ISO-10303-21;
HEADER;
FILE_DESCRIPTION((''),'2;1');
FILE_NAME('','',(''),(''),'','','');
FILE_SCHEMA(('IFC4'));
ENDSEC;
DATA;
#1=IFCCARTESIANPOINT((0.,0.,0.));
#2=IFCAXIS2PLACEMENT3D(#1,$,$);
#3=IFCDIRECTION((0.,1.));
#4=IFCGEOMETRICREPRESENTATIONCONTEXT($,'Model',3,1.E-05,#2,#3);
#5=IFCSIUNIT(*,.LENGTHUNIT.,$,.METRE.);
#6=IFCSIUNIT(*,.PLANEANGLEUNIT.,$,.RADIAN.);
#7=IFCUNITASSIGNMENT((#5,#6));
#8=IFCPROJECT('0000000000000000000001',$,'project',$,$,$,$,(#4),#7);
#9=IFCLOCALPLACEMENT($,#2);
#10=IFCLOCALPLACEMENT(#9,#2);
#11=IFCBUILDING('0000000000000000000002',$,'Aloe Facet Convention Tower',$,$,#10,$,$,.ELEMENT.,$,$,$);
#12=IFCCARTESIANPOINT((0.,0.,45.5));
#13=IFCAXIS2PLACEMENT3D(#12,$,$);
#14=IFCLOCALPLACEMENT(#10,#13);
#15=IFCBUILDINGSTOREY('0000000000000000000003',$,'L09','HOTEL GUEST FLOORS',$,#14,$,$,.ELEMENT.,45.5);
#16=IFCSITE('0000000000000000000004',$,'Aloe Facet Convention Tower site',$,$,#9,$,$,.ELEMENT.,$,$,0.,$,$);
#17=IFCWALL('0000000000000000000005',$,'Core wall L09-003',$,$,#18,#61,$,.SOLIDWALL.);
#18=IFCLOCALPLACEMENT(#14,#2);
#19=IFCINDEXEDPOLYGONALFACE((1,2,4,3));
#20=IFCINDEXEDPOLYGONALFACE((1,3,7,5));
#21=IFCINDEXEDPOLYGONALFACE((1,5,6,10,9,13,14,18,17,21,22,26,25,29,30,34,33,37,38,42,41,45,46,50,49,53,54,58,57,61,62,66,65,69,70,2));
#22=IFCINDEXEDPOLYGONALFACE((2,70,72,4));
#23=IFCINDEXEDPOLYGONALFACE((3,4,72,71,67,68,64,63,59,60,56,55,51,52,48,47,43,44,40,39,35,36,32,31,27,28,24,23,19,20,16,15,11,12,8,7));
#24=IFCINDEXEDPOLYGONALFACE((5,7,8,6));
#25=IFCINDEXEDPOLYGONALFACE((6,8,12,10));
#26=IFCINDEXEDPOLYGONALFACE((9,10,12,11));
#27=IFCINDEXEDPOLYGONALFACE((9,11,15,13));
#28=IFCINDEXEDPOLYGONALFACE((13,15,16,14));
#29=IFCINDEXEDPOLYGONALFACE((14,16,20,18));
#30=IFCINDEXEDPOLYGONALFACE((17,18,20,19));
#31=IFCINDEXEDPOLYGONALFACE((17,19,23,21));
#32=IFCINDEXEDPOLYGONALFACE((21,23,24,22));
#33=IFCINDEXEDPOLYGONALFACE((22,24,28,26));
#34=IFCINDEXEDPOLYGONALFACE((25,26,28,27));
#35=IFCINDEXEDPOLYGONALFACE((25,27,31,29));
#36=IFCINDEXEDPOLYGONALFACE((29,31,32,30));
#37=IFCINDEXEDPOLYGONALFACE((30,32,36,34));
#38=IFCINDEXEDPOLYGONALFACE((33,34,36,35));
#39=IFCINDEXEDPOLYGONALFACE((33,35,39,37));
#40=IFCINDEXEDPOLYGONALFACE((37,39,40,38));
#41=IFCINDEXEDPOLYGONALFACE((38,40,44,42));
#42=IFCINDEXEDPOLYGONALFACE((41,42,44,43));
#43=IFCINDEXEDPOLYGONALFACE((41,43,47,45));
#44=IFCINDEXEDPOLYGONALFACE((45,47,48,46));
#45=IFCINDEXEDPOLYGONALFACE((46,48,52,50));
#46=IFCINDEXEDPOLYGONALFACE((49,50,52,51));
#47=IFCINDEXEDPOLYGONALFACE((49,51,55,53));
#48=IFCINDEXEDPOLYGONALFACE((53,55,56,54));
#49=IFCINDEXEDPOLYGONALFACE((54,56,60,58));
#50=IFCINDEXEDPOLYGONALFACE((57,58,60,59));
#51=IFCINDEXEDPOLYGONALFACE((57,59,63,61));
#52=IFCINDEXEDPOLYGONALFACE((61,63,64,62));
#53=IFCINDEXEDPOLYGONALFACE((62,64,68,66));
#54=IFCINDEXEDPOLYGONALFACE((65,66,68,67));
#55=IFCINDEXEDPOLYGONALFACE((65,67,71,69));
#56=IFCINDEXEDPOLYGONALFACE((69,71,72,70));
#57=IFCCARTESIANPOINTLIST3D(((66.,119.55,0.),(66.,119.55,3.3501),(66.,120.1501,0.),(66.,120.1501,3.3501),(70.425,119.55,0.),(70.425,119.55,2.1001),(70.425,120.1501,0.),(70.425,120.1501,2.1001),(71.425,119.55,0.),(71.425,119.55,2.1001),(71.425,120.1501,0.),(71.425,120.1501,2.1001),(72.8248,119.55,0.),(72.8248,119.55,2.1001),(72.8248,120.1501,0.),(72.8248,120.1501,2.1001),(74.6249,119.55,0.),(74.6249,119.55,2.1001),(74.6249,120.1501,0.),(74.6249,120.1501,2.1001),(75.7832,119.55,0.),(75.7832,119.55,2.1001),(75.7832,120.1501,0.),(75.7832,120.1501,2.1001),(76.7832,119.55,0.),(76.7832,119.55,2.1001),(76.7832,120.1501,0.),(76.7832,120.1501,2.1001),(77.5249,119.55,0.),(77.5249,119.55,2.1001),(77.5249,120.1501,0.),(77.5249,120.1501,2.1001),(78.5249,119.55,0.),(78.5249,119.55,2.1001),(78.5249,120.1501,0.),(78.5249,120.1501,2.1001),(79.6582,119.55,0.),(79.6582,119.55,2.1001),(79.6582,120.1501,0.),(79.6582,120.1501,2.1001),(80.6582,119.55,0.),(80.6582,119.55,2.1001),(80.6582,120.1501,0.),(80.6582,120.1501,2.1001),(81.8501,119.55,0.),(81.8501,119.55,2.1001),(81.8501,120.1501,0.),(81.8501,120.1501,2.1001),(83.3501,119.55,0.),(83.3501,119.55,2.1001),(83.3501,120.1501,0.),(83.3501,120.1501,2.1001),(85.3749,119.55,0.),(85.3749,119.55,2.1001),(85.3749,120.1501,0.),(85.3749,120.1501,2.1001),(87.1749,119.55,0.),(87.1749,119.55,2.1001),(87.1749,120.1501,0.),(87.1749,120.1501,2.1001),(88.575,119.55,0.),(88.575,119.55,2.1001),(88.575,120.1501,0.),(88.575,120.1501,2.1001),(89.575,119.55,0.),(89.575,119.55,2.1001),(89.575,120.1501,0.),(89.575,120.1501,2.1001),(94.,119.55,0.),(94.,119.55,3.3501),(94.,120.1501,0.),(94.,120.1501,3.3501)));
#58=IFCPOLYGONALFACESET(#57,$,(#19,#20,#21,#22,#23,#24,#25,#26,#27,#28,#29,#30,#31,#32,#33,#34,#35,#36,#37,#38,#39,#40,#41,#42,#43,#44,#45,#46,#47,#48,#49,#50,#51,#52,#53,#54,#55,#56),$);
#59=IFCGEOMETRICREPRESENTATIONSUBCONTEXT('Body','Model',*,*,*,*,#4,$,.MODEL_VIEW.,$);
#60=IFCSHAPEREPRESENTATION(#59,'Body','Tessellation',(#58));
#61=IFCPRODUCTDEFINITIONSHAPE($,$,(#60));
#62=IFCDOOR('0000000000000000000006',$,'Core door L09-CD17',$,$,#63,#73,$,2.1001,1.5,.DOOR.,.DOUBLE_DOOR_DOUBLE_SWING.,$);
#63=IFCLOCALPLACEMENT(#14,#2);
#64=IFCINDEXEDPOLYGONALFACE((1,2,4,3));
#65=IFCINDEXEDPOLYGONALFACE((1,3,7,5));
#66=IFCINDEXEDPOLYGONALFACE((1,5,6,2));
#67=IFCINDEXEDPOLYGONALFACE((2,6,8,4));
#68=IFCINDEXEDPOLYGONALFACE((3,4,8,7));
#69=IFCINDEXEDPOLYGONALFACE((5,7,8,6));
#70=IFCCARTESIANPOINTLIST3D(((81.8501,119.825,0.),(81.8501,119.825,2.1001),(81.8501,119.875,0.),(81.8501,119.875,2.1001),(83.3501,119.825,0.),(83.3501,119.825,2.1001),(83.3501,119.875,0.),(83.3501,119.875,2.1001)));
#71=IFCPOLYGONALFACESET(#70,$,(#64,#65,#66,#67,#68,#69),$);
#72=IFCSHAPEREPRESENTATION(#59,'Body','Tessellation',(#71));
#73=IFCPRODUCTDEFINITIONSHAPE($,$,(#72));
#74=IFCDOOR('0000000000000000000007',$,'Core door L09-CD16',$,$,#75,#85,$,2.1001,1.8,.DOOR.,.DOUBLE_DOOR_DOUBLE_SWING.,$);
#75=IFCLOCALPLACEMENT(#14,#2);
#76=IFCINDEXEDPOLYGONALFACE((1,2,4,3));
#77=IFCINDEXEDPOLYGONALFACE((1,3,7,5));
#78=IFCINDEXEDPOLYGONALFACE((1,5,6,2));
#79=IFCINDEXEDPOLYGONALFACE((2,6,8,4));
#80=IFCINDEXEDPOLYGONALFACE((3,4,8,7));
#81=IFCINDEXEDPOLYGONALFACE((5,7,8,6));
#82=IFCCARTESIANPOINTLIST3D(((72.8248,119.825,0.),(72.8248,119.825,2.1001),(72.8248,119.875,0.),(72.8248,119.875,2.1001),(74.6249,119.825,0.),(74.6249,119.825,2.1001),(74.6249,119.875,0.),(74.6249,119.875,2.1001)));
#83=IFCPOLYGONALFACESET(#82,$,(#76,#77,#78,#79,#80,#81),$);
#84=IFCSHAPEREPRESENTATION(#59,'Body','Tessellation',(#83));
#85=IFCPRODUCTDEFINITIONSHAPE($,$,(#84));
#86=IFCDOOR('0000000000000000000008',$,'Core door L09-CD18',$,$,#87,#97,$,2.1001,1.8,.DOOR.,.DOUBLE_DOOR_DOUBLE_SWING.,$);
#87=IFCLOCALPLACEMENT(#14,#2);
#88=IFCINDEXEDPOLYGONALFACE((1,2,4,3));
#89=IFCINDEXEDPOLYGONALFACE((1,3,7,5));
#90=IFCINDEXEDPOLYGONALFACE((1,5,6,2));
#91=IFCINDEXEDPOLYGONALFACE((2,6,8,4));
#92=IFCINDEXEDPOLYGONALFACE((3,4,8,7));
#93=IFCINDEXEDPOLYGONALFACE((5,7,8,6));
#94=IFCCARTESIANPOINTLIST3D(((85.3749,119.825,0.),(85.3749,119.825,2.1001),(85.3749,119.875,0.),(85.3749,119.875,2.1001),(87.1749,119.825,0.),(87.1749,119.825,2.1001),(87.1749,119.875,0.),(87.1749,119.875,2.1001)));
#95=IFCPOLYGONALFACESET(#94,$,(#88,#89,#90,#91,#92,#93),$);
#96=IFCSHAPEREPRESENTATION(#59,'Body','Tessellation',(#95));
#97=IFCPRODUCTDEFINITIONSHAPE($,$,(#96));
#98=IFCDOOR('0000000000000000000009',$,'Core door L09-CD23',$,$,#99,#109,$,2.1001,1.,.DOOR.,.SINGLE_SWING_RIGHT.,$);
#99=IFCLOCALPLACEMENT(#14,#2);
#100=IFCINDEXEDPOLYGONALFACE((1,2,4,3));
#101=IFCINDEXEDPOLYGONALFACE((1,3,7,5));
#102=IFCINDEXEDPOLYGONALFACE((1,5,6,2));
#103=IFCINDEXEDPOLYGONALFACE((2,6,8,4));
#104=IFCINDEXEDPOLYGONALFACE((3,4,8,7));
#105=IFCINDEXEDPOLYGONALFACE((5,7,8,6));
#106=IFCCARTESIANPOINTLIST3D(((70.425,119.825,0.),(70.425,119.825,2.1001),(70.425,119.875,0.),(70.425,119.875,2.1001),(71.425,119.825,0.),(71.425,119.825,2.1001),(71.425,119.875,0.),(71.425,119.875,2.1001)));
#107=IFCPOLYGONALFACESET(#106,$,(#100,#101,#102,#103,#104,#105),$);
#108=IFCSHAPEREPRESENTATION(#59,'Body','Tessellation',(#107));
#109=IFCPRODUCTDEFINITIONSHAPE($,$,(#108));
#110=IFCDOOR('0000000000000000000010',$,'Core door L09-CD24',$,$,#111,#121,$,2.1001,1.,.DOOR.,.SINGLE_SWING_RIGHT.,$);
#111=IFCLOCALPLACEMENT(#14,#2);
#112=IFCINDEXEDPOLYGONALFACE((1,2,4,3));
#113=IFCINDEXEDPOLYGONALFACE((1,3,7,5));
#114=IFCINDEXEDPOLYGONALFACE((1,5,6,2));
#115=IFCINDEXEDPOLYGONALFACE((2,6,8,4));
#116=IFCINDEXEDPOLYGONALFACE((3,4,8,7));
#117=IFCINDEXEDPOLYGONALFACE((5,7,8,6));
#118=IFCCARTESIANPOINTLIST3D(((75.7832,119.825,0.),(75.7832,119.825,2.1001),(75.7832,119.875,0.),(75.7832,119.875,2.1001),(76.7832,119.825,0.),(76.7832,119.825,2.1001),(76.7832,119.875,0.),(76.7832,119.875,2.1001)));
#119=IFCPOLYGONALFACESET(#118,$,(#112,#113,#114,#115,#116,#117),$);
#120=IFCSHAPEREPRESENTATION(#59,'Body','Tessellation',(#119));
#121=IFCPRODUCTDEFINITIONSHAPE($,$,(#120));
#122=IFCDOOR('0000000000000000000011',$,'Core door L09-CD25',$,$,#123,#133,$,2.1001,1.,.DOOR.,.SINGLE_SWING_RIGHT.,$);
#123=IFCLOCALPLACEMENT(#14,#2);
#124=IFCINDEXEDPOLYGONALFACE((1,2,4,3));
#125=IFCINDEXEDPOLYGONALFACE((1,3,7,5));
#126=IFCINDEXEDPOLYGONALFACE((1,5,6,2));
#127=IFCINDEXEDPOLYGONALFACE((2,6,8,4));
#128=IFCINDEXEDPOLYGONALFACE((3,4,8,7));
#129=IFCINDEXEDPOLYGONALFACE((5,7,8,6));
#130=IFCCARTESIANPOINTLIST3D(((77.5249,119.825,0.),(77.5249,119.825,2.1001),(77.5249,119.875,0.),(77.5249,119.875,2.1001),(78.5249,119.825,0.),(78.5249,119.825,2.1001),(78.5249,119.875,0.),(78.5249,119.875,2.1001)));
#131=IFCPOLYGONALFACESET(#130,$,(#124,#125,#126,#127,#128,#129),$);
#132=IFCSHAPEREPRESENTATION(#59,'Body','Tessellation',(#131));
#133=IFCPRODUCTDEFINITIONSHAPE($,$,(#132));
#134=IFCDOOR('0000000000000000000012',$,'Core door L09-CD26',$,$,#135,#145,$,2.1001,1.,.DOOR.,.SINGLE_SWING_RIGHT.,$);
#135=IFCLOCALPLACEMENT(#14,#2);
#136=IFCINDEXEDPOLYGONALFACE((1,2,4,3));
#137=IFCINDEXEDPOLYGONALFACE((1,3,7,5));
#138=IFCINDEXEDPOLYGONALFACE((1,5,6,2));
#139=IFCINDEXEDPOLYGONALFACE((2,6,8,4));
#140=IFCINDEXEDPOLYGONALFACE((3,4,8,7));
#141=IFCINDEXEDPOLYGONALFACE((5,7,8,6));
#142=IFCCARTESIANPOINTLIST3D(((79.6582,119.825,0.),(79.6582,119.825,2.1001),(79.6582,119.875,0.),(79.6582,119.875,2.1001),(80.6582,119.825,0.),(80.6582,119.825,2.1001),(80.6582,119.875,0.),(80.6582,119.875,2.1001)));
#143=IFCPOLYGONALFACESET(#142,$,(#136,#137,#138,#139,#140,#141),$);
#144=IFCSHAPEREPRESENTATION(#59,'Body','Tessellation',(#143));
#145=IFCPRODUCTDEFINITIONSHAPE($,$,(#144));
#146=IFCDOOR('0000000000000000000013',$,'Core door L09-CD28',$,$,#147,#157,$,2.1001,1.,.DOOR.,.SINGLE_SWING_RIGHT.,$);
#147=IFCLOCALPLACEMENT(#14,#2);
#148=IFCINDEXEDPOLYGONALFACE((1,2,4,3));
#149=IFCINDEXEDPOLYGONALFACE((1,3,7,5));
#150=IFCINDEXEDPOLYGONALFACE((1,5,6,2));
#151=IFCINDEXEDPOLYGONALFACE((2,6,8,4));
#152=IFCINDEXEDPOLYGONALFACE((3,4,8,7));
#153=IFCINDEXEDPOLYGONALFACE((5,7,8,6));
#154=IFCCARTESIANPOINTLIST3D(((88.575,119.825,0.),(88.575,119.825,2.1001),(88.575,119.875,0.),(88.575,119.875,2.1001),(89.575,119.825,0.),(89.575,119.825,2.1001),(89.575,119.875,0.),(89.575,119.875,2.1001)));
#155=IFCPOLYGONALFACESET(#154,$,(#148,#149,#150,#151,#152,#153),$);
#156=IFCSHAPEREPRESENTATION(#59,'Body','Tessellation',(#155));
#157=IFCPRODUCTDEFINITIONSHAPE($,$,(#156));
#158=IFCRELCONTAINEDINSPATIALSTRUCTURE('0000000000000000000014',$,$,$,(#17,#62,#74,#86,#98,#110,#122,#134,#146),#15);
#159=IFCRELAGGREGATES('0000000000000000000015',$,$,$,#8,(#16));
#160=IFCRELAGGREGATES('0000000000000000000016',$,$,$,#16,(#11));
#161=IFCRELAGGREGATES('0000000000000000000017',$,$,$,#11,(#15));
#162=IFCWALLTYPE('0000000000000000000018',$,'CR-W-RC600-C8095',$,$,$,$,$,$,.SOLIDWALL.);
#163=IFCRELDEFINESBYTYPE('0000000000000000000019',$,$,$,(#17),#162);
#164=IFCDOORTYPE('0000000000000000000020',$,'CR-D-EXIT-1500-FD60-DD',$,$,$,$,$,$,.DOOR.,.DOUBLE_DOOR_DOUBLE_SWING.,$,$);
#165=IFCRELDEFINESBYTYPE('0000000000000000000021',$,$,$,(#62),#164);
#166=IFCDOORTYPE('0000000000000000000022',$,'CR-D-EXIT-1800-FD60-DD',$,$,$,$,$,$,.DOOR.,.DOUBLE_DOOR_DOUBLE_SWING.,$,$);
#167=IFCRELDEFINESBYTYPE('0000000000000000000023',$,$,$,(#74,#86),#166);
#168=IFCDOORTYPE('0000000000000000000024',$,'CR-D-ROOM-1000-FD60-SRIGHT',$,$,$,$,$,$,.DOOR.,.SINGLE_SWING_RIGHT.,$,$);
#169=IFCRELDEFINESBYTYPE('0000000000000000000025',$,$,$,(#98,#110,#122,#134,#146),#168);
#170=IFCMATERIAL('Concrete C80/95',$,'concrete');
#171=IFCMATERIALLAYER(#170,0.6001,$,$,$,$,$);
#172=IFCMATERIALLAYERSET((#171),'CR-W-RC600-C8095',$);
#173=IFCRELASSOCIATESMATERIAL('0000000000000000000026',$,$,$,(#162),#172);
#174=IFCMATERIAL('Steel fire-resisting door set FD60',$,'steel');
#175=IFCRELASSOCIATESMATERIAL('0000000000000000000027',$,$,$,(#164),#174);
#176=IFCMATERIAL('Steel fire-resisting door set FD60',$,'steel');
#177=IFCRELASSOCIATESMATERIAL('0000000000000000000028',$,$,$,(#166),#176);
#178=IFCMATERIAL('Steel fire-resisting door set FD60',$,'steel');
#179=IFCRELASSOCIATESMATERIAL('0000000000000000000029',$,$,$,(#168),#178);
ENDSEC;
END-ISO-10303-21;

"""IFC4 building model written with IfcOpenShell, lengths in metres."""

from ifc_helpers import new_model, si_unit, direction, frame, frame_2d, origin, place, context, subcontext, project, spatial, rectangle, extrude, material, layer, layer_set, type_object, element, fill, save


model = new_model("IFC4")

# Units and contexts
model_context = context("Model", 3, precision=1e-05, world=origin(), true_north=direction((0.0, 1.0)))
body_context = subcontext(model_context, "Body", "Model", "MODEL_VIEW")
ifc_project = project(units=[si_unit("LENGTHUNIT", "METRE"), si_unit("PLANEANGLEUNIT", "RADIAN")], contexts=[model_context])

# Site, building, storey
site_placement = place(None, origin())
site = spatial("IfcSite", under=ifc_project, at=site_placement, Name="Aloe Facet Convention Tower site", CompositionType="ELEMENT", RefElevation=0.0)
building_placement = place(site_placement, origin())
building = spatial("IfcBuilding", under=site, at=building_placement, Name="Aloe Facet Convention Tower", CompositionType="ELEMENT")
storey_placement = place(building_placement, frame((0.0, 0.0, 45.5)))
storey = spatial("IfcBuildingStorey", under=building, at=storey_placement, Name="L09", Description="HOTEL GUEST FLOORS", CompositionType="ELEMENT", Elevation=45.5)

# Wall, openings, doors
ifc_material_1 = material(Name="Concrete C80/95", Category="concrete")
ifc_layer_1 = layer(ifc_material_1, 0.6001)
ifc_layer_set_1 = layer_set([ifc_layer_1], Name="CR-W-RC600-C8095")
wall_type_1 = type_object("IfcWallType", Name="CR-W-RC600-C8095", PredefinedType="SOLIDWALL", material=ifc_layer_set_1)
wall_1_placement = place(storey_placement, frame((66.0, 119.8501, 0.0), z_axis=(0.0, 0.0, 1.0), x_axis=(1.0, 0.0, 0.0)))
wall_1 = element("IfcWall", 1, at=wall_1_placement, inside=storey, type_object=wall_type_1, Name="Core wall L09-003", PredefinedType="SOLIDWALL", context=body_context, shape_type="SweptSolid", body=[
    extrude(rectangle(XDim=28.0, YDim=0.6001, at=frame_2d((14.0, 0.0))), origin(), (0.0, 0.0, 1.0), 3.3501),
])
opening_1_placement = place(wall_1_placement, frame((6.825, 0.0, 0.0)))
opening_1 = element("IfcOpeningElement", 2, at=opening_1_placement, cuts=wall_1, PredefinedType="OPENING", context=body_context, shape_type="SweptSolid", body=[
    extrude(rectangle(XDim=1.8, YDim=2.1001, at=frame_2d((0.8999, 1.05))), frame((0.0, 0.3101, 0.0), z_axis=(0.0, -1.0, 0.0), x_axis=(1.0, 0.0, 0.0)), (0.0, 0.0, 1.0), 0.6201),
])
opening_2_placement = place(wall_1_placement, frame((15.8501, 0.0, 0.0)))
opening_2 = element("IfcOpeningElement", 3, at=opening_2_placement, cuts=wall_1, PredefinedType="OPENING", context=body_context, shape_type="SweptSolid", body=[
    extrude(rectangle(XDim=1.5, YDim=2.1001, at=frame_2d((0.75, 1.05))), frame((0.0, 0.3101, 0.0), z_axis=(0.0, -1.0, 0.0), x_axis=(1.0, 0.0, 0.0)), (0.0, 0.0, 1.0), 0.6201),
])
opening_3_placement = place(wall_1_placement, frame((19.375, 0.0, 0.0)))
opening_3 = element("IfcOpeningElement", 4, at=opening_3_placement, cuts=wall_1, PredefinedType="OPENING", context=body_context, shape_type="SweptSolid", body=[
    extrude(rectangle(XDim=1.8, YDim=2.1001, at=frame_2d((0.8999, 1.05))), frame((0.0, 0.3101, 0.0), z_axis=(0.0, -1.0, 0.0), x_axis=(1.0, 0.0, 0.0)), (0.0, 0.0, 1.0), 0.6201),
])
opening_4_placement = place(wall_1_placement, frame((4.425, 0.0, 0.0)))
opening_4 = element("IfcOpeningElement", 5, at=opening_4_placement, cuts=wall_1, PredefinedType="OPENING", context=body_context, shape_type="SweptSolid", body=[
    extrude(rectangle(XDim=1.0, YDim=2.1001, at=frame_2d((0.5, 1.05))), frame((0.0, 0.3101, 0.0), z_axis=(0.0, -1.0, 0.0), x_axis=(1.0, 0.0, 0.0)), (0.0, 0.0, 1.0), 0.6201),
])
opening_5_placement = place(wall_1_placement, frame((9.7832, 0.0, 0.0)))
opening_5 = element("IfcOpeningElement", 6, at=opening_5_placement, cuts=wall_1, PredefinedType="OPENING", context=body_context, shape_type="SweptSolid", body=[
    extrude(rectangle(XDim=1.0, YDim=2.1001, at=frame_2d((0.5, 1.05))), frame((0.0, 0.3101, 0.0), z_axis=(0.0, -1.0, 0.0), x_axis=(1.0, 0.0, 0.0)), (0.0, 0.0, 1.0), 0.6201),
])
opening_6_placement = place(wall_1_placement, frame((11.5249, 0.0, 0.0)))
opening_6 = element("IfcOpeningElement", 7, at=opening_6_placement, cuts=wall_1, PredefinedType="OPENING", context=body_context, shape_type="SweptSolid", body=[
    extrude(rectangle(XDim=1.0, YDim=2.1001, at=frame_2d((0.5, 1.05))), frame((0.0, 0.3101, 0.0), z_axis=(0.0, -1.0, 0.0), x_axis=(1.0, 0.0, 0.0)), (0.0, 0.0, 1.0), 0.6201),
])
opening_7_placement = place(wall_1_placement, frame((13.6582, 0.0, 0.0)))
opening_7 = element("IfcOpeningElement", 8, at=opening_7_placement, cuts=wall_1, PredefinedType="OPENING", context=body_context, shape_type="SweptSolid", body=[
    extrude(rectangle(XDim=1.0, YDim=2.1001, at=frame_2d((0.5, 1.05))), frame((0.0, 0.3101, 0.0), z_axis=(0.0, -1.0, 0.0), x_axis=(1.0, 0.0, 0.0)), (0.0, 0.0, 1.0), 0.6201),
])
opening_8_placement = place(wall_1_placement, frame((22.575, 0.0, 0.0)))
opening_8 = element("IfcOpeningElement", 9, at=opening_8_placement, cuts=wall_1, PredefinedType="OPENING", context=body_context, shape_type="SweptSolid", body=[
    extrude(rectangle(XDim=1.0, YDim=2.1001, at=frame_2d((0.5, 1.05))), frame((0.0, 0.3101, 0.0), z_axis=(0.0, -1.0, 0.0), x_axis=(1.0, 0.0, 0.0)), (0.0, 0.0, 1.0), 0.6201),
])
ifc_material_2 = material(Name="Steel fire-resisting door set FD60", Category="steel")
door_type_1 = type_object("IfcDoorType", Name="CR-D-EXIT-1500-FD60-DD", OperationType="DOUBLE_DOOR_DOUBLE_SWING", PredefinedType="DOOR", material=ifc_material_2)
door_1_placement = place(opening_2_placement, origin())
door_1 = element("IfcDoor", 10, at=door_1_placement, inside=storey, type_object=door_type_1, Name="Core door L09-CD17", OperationType="DOUBLE_DOOR_DOUBLE_SWING", OverallHeight=2.1001, OverallWidth=1.5, PredefinedType="DOOR", context=body_context, shape_type="SweptSolid", body=[
    extrude(rectangle(XDim=1.5, YDim=2.1001, at=frame_2d((0.75, 1.05))), frame((0.0, 0.0249, 0.0), z_axis=(0.0, -1.0, 0.0), x_axis=(1.0, 0.0, 0.0)), (0.0, 0.0, 1.0), 0.05),
])
fill(opening_2, door_1)
ifc_material_3 = material(Name="Steel fire-resisting door set FD60", Category="steel")
door_type_2 = type_object("IfcDoorType", Name="CR-D-EXIT-1800-FD60-DD", OperationType="DOUBLE_DOOR_DOUBLE_SWING", PredefinedType="DOOR", material=ifc_material_3)
door_2_placement = place(opening_1_placement, origin())
door_2 = element("IfcDoor", 11, at=door_2_placement, inside=storey, type_object=door_type_2, Name="Core door L09-CD16", OperationType="DOUBLE_DOOR_DOUBLE_SWING", OverallHeight=2.1001, OverallWidth=1.8, PredefinedType="DOOR", context=body_context, shape_type="SweptSolid", body=[
    extrude(rectangle(XDim=1.8, YDim=2.1001, at=frame_2d((0.8999, 1.05))), frame((0.0, 0.0249, 0.0), z_axis=(0.0, -1.0, 0.0), x_axis=(1.0, 0.0, 0.0)), (0.0, 0.0, 1.0), 0.05),
])
fill(opening_1, door_2)
door_3_placement = place(opening_3_placement, origin())
door_3 = element("IfcDoor", 12, at=door_3_placement, inside=storey, type_object=door_type_2, Name="Core door L09-CD18", OperationType="DOUBLE_DOOR_DOUBLE_SWING", OverallHeight=2.1001, OverallWidth=1.8, PredefinedType="DOOR", context=body_context, shape_type="SweptSolid", body=[
    extrude(rectangle(XDim=1.8, YDim=2.1001, at=frame_2d((0.8999, 1.05))), frame((0.0, 0.0249, 0.0), z_axis=(0.0, -1.0, 0.0), x_axis=(1.0, 0.0, 0.0)), (0.0, 0.0, 1.0), 0.05),
])
fill(opening_3, door_3)
ifc_material_4 = material(Name="Steel fire-resisting door set FD60", Category="steel")
door_type_3 = type_object("IfcDoorType", Name="CR-D-ROOM-1000-FD60-SRIGHT", OperationType="SINGLE_SWING_RIGHT", PredefinedType="DOOR", material=ifc_material_4)
door_4_placement = place(opening_4_placement, origin())
door_4 = element("IfcDoor", 13, at=door_4_placement, inside=storey, type_object=door_type_3, Name="Core door L09-CD23", OperationType="SINGLE_SWING_RIGHT", OverallHeight=2.1001, OverallWidth=1.0, PredefinedType="DOOR", context=body_context, shape_type="SweptSolid", body=[
    extrude(rectangle(XDim=1.0, YDim=2.1001, at=frame_2d((0.5, 1.05))), frame((0.0, 0.0249, 0.0), z_axis=(0.0, -1.0, 0.0), x_axis=(1.0, 0.0, 0.0)), (0.0, 0.0, 1.0), 0.05),
])
fill(opening_4, door_4)
door_5_placement = place(opening_5_placement, origin())
door_5 = element("IfcDoor", 14, at=door_5_placement, inside=storey, type_object=door_type_3, Name="Core door L09-CD24", OperationType="SINGLE_SWING_RIGHT", OverallHeight=2.1001, OverallWidth=1.0, PredefinedType="DOOR", context=body_context, shape_type="SweptSolid", body=[
    extrude(rectangle(XDim=1.0, YDim=2.1001, at=frame_2d((0.5, 1.05))), frame((0.0, 0.0249, 0.0), z_axis=(0.0, -1.0, 0.0), x_axis=(1.0, 0.0, 0.0)), (0.0, 0.0, 1.0), 0.05),
])
fill(opening_5, door_5)
door_6_placement = place(opening_6_placement, origin())
door_6 = element("IfcDoor", 15, at=door_6_placement, inside=storey, type_object=door_type_3, Name="Core door L09-CD25", OperationType="SINGLE_SWING_RIGHT", OverallHeight=2.1001, OverallWidth=1.0, PredefinedType="DOOR", context=body_context, shape_type="SweptSolid", body=[
    extrude(rectangle(XDim=1.0, YDim=2.1001, at=frame_2d((0.5, 1.05))), frame((0.0, 0.0249, 0.0), z_axis=(0.0, -1.0, 0.0), x_axis=(1.0, 0.0, 0.0)), (0.0, 0.0, 1.0), 0.05),
])
fill(opening_6, door_6)
door_7_placement = place(opening_7_placement, origin())
door_7 = element("IfcDoor", 16, at=door_7_placement, inside=storey, type_object=door_type_3, Name="Core door L09-CD26", OperationType="SINGLE_SWING_RIGHT", OverallHeight=2.1001, OverallWidth=1.0, PredefinedType="DOOR", context=body_context, shape_type="SweptSolid", body=[
    extrude(rectangle(XDim=1.0, YDim=2.1001, at=frame_2d((0.5, 1.05))), frame((0.0, 0.0249, 0.0), z_axis=(0.0, -1.0, 0.0), x_axis=(1.0, 0.0, 0.0)), (0.0, 0.0, 1.0), 0.05),
])
fill(opening_7, door_7)
door_8_placement = place(opening_8_placement, origin())
door_8 = element("IfcDoor", 17, at=door_8_placement, inside=storey, type_object=door_type_3, Name="Core door L09-CD28", OperationType="SINGLE_SWING_RIGHT", OverallHeight=2.1001, OverallWidth=1.0, PredefinedType="DOOR", context=body_context, shape_type="SweptSolid", body=[
    extrude(rectangle(XDim=1.0, YDim=2.1001, at=frame_2d((0.5, 1.05))), frame((0.0, 0.0249, 0.0), z_axis=(0.0, -1.0, 0.0), x_axis=(1.0, 0.0, 0.0)), (0.0, 0.0, 1.0), 0.05),
])
fill(opening_8, door_8)

save(model, "model.ifc")
